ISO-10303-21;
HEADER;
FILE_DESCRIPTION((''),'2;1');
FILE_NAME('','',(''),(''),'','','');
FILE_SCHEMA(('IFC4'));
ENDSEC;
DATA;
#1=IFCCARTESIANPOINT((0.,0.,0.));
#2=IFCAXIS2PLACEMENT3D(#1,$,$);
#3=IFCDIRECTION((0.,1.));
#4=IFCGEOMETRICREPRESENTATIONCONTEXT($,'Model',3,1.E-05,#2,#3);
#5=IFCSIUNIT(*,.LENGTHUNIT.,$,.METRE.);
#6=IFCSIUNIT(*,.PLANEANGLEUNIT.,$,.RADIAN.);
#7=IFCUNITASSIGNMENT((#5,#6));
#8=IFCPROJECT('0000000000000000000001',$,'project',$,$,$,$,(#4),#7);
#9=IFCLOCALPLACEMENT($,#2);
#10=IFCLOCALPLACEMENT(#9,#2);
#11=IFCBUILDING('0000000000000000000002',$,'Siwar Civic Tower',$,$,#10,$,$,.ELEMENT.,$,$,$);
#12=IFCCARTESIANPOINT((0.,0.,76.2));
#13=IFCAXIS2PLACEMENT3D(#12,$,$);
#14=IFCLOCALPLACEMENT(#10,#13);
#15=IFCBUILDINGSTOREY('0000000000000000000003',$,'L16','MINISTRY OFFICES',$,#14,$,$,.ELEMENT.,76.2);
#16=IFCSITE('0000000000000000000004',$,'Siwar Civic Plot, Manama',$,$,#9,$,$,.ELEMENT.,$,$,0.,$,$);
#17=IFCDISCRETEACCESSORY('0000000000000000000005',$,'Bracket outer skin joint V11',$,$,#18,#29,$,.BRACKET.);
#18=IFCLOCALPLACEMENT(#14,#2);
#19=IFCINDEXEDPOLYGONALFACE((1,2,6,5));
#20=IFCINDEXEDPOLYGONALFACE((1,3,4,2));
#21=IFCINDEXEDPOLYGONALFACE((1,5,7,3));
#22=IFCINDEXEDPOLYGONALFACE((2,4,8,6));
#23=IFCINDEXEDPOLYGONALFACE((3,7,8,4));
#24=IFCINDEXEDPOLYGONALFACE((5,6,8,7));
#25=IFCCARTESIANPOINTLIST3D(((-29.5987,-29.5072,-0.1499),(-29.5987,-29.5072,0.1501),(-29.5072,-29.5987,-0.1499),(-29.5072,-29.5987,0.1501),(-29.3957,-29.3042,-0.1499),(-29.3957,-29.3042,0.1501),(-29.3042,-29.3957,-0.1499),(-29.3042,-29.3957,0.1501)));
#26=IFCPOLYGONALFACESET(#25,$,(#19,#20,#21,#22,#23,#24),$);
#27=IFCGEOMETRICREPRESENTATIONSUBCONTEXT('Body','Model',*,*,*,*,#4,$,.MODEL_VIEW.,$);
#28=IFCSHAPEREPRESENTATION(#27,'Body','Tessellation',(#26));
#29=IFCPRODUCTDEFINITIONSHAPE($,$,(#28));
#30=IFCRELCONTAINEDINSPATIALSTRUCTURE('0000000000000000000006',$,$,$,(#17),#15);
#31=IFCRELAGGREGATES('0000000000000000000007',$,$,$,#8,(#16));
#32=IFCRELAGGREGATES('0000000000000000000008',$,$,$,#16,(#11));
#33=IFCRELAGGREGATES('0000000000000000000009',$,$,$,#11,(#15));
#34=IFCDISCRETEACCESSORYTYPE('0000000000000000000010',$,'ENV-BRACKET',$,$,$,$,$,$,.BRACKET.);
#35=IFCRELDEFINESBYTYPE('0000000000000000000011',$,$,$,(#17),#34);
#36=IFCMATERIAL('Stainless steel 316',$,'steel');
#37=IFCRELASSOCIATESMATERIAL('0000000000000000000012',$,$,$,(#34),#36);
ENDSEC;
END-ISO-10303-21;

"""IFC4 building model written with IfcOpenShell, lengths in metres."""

from ifc_helpers import new_model, si_unit, direction, frame, origin, origin_2d, place, context, subcontext, project, spatial, rectangle, extrude, material, type_object, element, save


model = new_model("IFC4")

# Units and contexts
model_context = context("Model", 3, precision=1e-05, world=origin(), true_north=direction((0.0, 1.0)))
body_context = subcontext(model_context, "Body", "Model", "MODEL_VIEW")
ifc_project = project(units=[si_unit("LENGTHUNIT", "METRE"), si_unit("PLANEANGLEUNIT", "RADIAN")], contexts=[model_context])

# Site, building, storey
site_placement = place(None, origin())
site = spatial("IfcSite", under=ifc_project, at=site_placement, Name="Siwar Civic Plot, Manama", CompositionType="ELEMENT", RefElevation=0.0)
building_placement = place(site_placement, origin())
building = spatial("IfcBuilding", under=site, at=building_placement, Name="Siwar Civic Tower", CompositionType="ELEMENT")
storey_placement = place(building_placement, frame((0.0, 0.0, 76.2)))
storey = spatial("IfcBuildingStorey", under=building, at=storey_placement, Name="L16", Description="MINISTRY OFFICES", CompositionType="ELEMENT", Elevation=76.2)

# Discrete accessory
ifc_material_1 = material(Name="Stainless steel 316", Category="steel")
discrete_accessory_type = type_object("IfcDiscreteAccessoryType", Name="ENV-BRACKET", PredefinedType="BRACKET", material=ifc_material_1)
discrete_accessory_placement = place(storey_placement, frame((-29.4514, -29.4514, -0.1499), z_axis=(0.0, 0.0, 1.0), x_axis=(-0.707107, -0.707107, 0.0)))
element("IfcDiscreteAccessory", 1, at=discrete_accessory_placement, inside=storey, type_object=discrete_accessory_type, Name="Bracket outer skin joint V11", PredefinedType="BRACKET", context=body_context, shape_type="SweptSolid", body=[
    extrude(rectangle(XDim=0.2871, YDim=0.1294, at=origin_2d()), origin(), (0.0, 0.0, 1.0), 0.3),
])

save(model, "model.ifc")
